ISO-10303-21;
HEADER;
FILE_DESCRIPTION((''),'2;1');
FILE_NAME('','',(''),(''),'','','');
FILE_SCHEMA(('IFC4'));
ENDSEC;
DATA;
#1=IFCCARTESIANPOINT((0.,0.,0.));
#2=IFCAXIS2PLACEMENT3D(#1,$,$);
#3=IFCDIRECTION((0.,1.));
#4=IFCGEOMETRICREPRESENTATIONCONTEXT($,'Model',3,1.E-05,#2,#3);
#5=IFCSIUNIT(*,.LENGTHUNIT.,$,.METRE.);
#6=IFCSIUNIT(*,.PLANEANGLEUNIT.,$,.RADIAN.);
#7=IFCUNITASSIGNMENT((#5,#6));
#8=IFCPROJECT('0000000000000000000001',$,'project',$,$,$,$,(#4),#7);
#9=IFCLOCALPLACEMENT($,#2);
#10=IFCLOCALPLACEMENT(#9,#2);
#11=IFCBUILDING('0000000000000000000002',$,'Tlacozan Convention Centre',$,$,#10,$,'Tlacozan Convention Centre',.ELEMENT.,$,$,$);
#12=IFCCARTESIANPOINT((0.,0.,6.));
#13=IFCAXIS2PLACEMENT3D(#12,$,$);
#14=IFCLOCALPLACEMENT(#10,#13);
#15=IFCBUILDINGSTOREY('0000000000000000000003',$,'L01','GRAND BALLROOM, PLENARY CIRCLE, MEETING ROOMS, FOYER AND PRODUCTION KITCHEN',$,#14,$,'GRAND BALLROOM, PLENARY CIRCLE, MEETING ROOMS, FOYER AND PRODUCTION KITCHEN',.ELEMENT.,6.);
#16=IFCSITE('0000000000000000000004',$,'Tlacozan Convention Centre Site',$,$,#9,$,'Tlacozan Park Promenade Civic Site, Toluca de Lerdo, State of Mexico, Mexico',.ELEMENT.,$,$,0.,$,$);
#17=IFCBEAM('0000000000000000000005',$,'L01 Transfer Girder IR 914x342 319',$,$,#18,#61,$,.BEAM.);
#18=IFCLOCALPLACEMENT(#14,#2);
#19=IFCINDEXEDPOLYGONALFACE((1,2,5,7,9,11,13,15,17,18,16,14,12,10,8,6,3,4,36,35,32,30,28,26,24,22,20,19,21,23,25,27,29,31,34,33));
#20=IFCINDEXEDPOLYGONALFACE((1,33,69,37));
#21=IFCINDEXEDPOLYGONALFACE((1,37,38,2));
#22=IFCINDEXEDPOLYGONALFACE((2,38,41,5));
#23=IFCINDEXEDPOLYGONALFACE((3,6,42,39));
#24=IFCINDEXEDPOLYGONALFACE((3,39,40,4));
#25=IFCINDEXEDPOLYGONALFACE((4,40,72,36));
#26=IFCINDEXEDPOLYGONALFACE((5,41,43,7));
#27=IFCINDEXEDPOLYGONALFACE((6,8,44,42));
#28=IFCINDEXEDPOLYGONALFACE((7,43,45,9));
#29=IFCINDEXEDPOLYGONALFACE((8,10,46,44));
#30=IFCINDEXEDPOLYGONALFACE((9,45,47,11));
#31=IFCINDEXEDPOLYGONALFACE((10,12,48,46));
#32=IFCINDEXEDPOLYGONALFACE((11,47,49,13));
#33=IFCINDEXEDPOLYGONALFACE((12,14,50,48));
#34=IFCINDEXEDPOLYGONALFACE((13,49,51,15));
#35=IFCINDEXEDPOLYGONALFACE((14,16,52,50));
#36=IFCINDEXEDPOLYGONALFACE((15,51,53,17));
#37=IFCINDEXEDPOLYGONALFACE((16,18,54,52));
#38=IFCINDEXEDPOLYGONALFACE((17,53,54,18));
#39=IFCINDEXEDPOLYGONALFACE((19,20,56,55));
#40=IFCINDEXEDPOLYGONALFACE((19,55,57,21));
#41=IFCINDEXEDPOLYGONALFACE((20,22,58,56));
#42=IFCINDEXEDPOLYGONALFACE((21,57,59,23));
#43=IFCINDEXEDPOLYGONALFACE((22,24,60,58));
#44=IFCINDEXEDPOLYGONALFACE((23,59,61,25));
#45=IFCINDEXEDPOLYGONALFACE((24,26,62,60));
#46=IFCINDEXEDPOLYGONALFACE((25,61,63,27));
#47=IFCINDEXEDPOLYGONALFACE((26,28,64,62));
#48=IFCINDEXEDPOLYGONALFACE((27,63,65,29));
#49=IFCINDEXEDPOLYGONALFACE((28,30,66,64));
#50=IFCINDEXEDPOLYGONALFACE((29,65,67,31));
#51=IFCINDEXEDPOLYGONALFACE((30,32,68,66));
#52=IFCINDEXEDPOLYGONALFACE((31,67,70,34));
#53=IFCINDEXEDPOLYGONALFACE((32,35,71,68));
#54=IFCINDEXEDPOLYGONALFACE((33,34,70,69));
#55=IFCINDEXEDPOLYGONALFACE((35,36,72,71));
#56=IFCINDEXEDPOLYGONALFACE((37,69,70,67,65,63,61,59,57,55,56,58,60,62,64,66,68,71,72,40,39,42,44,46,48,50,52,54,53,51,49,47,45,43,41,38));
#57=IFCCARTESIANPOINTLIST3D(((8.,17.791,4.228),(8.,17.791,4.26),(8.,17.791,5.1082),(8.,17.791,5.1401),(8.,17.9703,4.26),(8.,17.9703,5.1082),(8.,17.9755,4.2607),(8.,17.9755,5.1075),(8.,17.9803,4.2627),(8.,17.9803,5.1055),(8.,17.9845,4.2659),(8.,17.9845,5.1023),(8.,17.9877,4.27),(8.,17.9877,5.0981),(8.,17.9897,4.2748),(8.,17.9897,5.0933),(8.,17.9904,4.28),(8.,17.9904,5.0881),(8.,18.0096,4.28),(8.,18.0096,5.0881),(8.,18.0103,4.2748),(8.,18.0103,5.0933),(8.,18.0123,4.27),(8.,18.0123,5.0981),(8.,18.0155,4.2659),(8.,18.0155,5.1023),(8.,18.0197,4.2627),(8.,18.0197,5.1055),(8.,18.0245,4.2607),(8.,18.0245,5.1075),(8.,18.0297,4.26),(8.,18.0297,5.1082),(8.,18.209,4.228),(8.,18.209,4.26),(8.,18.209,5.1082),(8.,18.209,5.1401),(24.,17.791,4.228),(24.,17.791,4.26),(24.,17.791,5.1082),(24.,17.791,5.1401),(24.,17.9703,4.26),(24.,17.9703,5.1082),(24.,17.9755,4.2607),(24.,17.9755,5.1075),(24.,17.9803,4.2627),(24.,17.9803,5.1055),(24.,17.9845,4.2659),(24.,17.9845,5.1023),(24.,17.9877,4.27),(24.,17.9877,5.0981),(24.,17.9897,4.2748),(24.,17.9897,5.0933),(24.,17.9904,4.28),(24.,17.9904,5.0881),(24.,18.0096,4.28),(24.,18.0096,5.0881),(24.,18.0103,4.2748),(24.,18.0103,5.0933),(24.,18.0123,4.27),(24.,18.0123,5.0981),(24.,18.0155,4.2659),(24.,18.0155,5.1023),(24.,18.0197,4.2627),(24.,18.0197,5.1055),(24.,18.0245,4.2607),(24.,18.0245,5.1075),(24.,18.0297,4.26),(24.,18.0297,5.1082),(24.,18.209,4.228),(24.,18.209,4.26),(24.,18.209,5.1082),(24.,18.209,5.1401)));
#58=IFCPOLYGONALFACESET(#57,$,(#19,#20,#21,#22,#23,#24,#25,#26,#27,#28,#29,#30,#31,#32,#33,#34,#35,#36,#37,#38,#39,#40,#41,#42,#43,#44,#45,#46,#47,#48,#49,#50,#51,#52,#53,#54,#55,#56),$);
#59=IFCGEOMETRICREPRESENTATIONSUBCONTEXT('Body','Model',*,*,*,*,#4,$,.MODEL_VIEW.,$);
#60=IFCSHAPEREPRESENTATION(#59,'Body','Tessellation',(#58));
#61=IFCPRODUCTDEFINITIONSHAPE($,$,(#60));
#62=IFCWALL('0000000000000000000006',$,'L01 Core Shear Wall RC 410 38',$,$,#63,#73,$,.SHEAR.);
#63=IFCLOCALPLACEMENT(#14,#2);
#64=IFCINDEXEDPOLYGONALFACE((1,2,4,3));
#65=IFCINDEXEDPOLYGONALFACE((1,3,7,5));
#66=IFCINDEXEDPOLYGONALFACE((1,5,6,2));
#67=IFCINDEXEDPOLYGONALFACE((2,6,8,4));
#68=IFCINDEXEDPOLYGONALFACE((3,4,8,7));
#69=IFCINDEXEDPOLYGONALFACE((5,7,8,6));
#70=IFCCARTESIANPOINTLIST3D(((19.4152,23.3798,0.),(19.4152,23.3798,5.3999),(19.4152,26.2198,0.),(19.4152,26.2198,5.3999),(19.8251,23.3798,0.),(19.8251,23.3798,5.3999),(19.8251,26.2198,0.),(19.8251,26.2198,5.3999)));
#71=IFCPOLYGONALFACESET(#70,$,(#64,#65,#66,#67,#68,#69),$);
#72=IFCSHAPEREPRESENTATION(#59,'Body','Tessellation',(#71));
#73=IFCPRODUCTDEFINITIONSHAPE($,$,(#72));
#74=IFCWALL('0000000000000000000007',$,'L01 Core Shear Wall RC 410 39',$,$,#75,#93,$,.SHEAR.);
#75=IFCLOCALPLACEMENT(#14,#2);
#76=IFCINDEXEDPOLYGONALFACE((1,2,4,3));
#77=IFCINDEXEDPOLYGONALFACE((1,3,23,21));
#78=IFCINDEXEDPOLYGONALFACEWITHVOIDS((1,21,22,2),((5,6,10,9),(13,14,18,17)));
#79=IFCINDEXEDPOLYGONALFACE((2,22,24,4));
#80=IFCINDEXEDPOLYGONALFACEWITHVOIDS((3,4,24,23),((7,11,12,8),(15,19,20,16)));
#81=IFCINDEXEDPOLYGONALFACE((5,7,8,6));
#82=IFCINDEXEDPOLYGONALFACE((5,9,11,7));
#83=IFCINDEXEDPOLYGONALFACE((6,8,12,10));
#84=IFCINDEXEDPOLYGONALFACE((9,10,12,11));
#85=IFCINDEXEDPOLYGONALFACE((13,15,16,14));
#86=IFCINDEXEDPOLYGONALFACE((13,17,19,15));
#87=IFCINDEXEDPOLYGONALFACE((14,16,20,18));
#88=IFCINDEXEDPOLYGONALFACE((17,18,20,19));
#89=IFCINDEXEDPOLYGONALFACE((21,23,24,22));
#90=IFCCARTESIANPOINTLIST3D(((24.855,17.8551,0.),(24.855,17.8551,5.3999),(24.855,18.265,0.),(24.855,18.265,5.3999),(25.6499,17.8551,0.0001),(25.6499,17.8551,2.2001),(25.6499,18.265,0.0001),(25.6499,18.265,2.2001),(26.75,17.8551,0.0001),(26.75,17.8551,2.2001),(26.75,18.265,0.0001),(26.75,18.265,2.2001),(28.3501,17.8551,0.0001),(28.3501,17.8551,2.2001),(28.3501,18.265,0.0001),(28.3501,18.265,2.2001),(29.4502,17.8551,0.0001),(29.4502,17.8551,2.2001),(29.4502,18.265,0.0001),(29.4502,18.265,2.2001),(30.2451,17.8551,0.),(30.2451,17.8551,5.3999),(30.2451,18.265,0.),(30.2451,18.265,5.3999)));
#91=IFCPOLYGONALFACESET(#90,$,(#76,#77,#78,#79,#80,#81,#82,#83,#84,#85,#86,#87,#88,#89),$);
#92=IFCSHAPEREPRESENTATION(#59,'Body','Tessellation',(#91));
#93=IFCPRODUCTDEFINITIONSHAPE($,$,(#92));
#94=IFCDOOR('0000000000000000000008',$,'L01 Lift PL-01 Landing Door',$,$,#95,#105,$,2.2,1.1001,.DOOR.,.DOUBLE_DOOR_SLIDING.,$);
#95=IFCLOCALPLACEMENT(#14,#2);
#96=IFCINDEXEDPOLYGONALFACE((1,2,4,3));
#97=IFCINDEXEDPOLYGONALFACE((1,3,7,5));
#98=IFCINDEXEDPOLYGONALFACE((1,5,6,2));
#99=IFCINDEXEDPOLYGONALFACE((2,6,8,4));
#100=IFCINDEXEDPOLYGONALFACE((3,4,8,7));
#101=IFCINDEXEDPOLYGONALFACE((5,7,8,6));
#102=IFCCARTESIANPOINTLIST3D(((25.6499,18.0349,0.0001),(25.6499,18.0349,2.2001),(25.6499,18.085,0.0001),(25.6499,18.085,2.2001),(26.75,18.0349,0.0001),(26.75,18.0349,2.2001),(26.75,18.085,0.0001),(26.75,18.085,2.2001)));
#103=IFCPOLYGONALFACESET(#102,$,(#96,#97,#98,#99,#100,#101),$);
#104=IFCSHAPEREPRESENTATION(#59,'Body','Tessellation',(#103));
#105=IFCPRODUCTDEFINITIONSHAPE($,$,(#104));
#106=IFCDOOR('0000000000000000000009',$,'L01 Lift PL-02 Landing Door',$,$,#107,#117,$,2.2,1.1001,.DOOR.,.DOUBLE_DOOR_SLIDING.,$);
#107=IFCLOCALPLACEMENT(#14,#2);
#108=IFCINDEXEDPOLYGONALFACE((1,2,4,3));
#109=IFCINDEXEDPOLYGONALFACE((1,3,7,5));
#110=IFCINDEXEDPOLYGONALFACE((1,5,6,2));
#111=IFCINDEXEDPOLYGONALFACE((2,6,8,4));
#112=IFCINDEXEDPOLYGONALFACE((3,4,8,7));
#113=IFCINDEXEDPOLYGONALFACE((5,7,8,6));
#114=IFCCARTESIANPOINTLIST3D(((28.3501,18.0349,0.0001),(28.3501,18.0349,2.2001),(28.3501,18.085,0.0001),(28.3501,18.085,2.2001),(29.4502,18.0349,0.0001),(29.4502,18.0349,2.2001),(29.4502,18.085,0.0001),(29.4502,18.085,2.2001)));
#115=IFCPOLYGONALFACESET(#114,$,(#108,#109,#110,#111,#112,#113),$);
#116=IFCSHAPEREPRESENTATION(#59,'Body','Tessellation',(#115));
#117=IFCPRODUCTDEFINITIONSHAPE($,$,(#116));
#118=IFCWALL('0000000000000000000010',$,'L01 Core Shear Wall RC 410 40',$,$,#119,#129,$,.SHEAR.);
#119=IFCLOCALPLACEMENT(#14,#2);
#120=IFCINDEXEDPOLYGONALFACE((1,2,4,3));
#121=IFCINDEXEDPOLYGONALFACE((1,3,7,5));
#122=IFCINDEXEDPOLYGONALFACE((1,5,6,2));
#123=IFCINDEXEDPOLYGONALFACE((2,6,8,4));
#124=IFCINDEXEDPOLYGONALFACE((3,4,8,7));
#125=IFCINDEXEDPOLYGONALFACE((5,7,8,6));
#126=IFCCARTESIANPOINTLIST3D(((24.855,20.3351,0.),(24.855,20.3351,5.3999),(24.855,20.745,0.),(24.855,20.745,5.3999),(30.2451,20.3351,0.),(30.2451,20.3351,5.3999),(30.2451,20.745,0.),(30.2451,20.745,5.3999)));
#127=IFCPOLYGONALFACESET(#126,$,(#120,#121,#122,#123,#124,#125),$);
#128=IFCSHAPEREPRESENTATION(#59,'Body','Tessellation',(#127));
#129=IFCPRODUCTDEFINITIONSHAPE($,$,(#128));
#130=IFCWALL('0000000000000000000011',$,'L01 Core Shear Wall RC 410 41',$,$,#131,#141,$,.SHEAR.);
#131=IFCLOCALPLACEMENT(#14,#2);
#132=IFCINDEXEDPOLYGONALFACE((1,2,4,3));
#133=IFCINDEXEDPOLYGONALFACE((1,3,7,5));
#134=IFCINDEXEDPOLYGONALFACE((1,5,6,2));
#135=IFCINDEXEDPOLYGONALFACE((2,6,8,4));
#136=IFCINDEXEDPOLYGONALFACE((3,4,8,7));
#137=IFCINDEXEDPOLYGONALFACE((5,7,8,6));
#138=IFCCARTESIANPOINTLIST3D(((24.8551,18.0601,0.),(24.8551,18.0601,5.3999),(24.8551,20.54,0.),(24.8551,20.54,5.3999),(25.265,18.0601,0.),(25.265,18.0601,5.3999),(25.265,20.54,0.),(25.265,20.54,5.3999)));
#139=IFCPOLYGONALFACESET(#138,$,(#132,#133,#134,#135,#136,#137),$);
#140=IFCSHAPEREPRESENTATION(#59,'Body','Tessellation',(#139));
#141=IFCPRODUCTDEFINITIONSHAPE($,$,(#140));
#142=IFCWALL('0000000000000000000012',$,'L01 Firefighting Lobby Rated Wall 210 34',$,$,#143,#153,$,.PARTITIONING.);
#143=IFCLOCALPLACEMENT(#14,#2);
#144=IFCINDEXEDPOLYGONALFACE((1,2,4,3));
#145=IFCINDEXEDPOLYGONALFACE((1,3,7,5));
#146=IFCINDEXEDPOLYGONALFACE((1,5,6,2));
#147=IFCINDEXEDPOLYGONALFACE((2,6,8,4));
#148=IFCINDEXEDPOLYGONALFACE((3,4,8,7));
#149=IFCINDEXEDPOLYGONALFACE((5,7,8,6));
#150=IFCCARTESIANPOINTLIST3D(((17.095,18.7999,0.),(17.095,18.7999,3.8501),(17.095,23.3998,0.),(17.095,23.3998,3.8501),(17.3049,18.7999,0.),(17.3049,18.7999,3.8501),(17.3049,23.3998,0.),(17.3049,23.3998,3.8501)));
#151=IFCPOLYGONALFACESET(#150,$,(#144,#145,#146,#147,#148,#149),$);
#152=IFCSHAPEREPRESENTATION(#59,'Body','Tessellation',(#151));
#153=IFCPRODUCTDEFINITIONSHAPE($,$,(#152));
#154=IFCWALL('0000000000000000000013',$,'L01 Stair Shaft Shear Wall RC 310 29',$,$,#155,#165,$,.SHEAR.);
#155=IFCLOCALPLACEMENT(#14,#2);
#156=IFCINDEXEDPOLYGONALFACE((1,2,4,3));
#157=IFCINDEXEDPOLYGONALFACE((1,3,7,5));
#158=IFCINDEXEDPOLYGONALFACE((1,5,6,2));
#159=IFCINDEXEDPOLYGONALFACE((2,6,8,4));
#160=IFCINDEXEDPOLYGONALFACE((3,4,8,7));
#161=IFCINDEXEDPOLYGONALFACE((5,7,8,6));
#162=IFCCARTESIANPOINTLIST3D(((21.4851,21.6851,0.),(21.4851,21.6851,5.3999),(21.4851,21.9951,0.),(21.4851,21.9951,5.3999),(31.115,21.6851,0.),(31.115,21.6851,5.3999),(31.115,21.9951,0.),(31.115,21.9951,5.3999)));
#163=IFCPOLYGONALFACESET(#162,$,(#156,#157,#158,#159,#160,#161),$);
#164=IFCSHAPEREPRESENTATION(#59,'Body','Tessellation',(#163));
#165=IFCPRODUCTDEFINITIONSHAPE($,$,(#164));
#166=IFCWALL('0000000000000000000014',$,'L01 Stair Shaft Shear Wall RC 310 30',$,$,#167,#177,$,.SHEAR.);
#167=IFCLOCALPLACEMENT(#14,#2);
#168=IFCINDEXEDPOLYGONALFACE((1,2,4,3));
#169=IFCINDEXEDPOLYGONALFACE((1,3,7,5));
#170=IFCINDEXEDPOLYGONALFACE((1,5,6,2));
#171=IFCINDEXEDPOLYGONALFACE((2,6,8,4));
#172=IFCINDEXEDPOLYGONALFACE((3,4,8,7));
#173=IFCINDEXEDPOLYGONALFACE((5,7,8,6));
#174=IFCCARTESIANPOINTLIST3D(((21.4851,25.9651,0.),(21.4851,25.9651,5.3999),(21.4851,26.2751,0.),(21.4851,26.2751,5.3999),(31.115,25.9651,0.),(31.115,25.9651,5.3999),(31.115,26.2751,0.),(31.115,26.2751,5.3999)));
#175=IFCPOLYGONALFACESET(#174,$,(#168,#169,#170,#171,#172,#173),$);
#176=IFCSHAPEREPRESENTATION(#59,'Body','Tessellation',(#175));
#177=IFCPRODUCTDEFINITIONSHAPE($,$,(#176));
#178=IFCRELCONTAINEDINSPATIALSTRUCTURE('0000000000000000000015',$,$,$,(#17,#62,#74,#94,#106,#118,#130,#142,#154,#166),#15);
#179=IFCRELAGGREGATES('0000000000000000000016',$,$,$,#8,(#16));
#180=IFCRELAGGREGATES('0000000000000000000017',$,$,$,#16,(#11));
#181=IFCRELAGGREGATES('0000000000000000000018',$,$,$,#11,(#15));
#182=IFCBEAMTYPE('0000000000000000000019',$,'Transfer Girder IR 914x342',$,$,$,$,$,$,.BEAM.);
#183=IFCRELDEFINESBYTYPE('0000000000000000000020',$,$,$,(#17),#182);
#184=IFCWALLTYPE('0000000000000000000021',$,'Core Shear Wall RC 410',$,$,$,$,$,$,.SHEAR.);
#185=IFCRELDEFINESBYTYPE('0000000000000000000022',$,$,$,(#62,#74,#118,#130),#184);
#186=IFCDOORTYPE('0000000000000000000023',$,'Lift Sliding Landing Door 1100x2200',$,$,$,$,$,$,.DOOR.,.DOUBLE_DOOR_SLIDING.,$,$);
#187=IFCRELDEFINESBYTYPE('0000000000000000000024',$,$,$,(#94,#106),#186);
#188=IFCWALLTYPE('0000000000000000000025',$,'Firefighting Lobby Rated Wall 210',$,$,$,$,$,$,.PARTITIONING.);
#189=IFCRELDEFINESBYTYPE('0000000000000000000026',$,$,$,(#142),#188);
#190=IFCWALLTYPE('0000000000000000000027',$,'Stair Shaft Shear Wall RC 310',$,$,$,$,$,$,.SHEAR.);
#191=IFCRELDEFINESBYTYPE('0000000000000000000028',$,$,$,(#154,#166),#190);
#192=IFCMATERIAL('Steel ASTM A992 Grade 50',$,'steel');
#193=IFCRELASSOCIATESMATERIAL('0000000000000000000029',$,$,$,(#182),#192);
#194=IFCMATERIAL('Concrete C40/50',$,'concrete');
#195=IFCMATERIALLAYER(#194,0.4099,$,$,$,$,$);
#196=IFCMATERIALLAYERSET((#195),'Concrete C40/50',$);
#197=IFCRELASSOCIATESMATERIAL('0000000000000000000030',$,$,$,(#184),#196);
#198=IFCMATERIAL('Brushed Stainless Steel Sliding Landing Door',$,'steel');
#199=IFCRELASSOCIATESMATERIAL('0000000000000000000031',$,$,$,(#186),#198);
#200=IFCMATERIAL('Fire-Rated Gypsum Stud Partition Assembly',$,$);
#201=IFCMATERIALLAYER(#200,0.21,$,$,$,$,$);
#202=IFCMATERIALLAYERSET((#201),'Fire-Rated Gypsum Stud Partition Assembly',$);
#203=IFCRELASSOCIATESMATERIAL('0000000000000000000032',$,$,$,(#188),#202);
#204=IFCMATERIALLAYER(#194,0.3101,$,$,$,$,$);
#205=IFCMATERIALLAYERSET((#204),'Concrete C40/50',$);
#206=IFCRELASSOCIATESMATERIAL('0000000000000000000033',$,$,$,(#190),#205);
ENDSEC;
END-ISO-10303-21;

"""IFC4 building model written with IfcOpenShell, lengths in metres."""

from ifc_helpers import new_model, si_unit, direction, frame, frame_2d, origin, origin_2d, place, context, subcontext, project, spatial, rectangle, i_section, extrude, material, layer, layer_set, material_profile, profile_set, type_object, element, fill, save


model = new_model("IFC4")

# Units and contexts
model_context = context("Model", 3, precision=1e-05, world=origin(), true_north=direction((0.0, 1.0)))
body_context = subcontext(model_context, "Body", "Model", "MODEL_VIEW")
ifc_project = project(units=[si_unit("LENGTHUNIT", "METRE"), si_unit("PLANEANGLEUNIT", "RADIAN")], contexts=[model_context])

# Site, building, storey
site_placement = place(None, origin())
site = spatial("IfcSite", under=ifc_project, at=site_placement, Name="Tlacozan Convention Centre Site", LongName="Tlacozan Park Promenade Civic Site, Toluca de Lerdo, State of Mexico, Mexico", CompositionType="ELEMENT", RefElevation=0.0)
building_placement = place(site_placement, origin())
building = spatial("IfcBuilding", under=site, at=building_placement, Name="Tlacozan Convention Centre", LongName="Tlacozan Convention Centre", CompositionType="ELEMENT")
storey_placement = place(building_placement, frame((0.0, 0.0, 6.0)))
storey = spatial("IfcBuildingStorey", under=building, at=storey_placement, Name="L01", Description="GRAND BALLROOM, PLENARY CIRCLE, MEETING ROOMS, FOYER AND PRODUCTION KITCHEN", LongName="GRAND BALLROOM, PLENARY CIRCLE, MEETING ROOMS, FOYER AND PRODUCTION KITCHEN", CompositionType="ELEMENT", Elevation=6.0)

# Shared definitions
ifc_material_1 = material(Name="Concrete C40/50", Category="concrete")

# Beam
ifc_material_2 = material(Name="Steel ASTM A992 Grade 50", Category="steel")
ifc_material_profile_1 = material_profile(ifc_material_2, i_section(OverallWidth=0.418, OverallDepth=0.9121, WebThickness=0.0193, FlangeThickness=0.032, FilletRadius=0.02, at=origin_2d()), Name="IR 914x342.0")
ifc_profile_set_1 = profile_set([ifc_material_profile_1], Name="Steel ASTM A992 Grade 50")
beam_type_1 = type_object("IfcBeamType", Name="Transfer Girder IR 914x342", PredefinedType="BEAM", material=ifc_profile_set_1)
for number, where, z_axis, x_axis, name in (
    (1, (24.0, 18.0, 4.6841), (-1.0, 0.0, 0.0), (0.0, -1.0, 0.0), "L01 Transfer Girder IR 914x342 319"),
):
    element("IfcBeam", number, at=place(storey_placement, frame(where, z_axis=z_axis, x_axis=x_axis)), inside=storey, type_object=beam_type_1, Name=name, PredefinedType="BEAM", context=body_context, shape_type="SweptSolid", body=[
        extrude(i_section(OverallWidth=0.418, OverallDepth=0.9121, WebThickness=0.0193, FlangeThickness=0.032, FilletRadius=0.02, at=origin_2d()), origin(), (0.0, 0.0, 1.0), 16.0),
    ])

# Wall
ifc_layer_1 = layer(ifc_material_1, 0.4099)
ifc_layer_set_1 = layer_set([ifc_layer_1], Name="Concrete C40/50")
wall_type_1 = type_object("IfcWallType", Name="Core Shear Wall RC 410", PredefinedType="SHEAR", material=ifc_layer_set_1)
wall_1_placement = place(storey_placement, frame((19.6201, 23.3799, 0.0), z_axis=(0.0, 0.0, 1.0), x_axis=(0.0, 1.0, 0.0)))
element("IfcWall", 2, at=wall_1_placement, inside=storey, type_object=wall_type_1, Name="L01 Core Shear Wall RC 410 38", PredefinedType="SHEAR", context=body_context, shape_type="SweptSolid", body=[
    extrude(rectangle(XDim=2.8401, YDim=0.4099, at=frame_2d((1.4199, 0.0))), origin(), (0.0, 0.0, 1.0), 5.3999),
])

# Wall, openings, doors
wall_2_placement = place(storey_placement, frame((24.855, 18.0601, 0.0), z_axis=(0.0, 0.0, 1.0), x_axis=(1.0, 0.0, 0.0)))
wall_2 = element("IfcWall", 3, at=wall_2_placement, inside=storey, type_object=wall_type_1, Name="L01 Core Shear Wall RC 410 39", PredefinedType="SHEAR", context=body_context, shape_type="SweptSolid", body=[
    extrude(rectangle(XDim=5.3901, YDim=0.4099, at=frame_2d((2.6951, 0.0))), origin(), (0.0, 0.0, 1.0), 5.3999),
])
opening_1_placement = place(wall_2_placement, frame((0.7949, 0.0, 0.0)))
opening_1 = element("IfcOpeningElement", 4, at=opening_1_placement, cuts=wall_2, PredefinedType="OPENING", context=body_context, shape_type="SweptSolid", body=[
    extrude(rectangle(XDim=1.1001, YDim=2.2, at=frame_2d((0.55, 1.1001))), frame((0.0, 0.2148, 0.0), z_axis=(0.0, -1.0, 0.0), x_axis=(1.0, 0.0, 0.0)), (0.0, 0.0, 1.0), 0.4299),
])
opening_2_placement = place(wall_2_placement, frame((3.4951, 0.0, 0.0)))
opening_2 = element("IfcOpeningElement", 5, at=opening_2_placement, cuts=wall_2, PredefinedType="OPENING", context=body_context, shape_type="SweptSolid", body=[
    extrude(rectangle(XDim=1.1001, YDim=2.2, at=frame_2d((0.55, 1.1001))), frame((0.0, 0.2148, 0.0), z_axis=(0.0, -1.0, 0.0), x_axis=(1.0, 0.0, 0.0)), (0.0, 0.0, 1.0), 0.4299),
])
ifc_material_3 = material(Name="Brushed Stainless Steel Sliding Landing Door", Category="steel")
door_type_1 = type_object("IfcDoorType", Name="Lift Sliding Landing Door 1100x2200", OperationType="DOUBLE_DOOR_SLIDING", PredefinedType="DOOR", material=ifc_material_3)
door_1_placement = place(opening_1_placement, origin())
door_1 = element("IfcDoor", 6, at=door_1_placement, inside=storey, type_object=door_type_1, Name="L01 Lift PL-01 Landing Door", OperationType="DOUBLE_DOOR_SLIDING", OverallHeight=2.2, OverallWidth=1.1001, PredefinedType="DOOR", context=body_context, shape_type="SweptSolid", body=[
    extrude(rectangle(XDim=1.1001, YDim=2.2, at=frame_2d((0.55, 1.1001))), frame((0.0, 0.0249, 0.0), z_axis=(0.0, -1.0, 0.0), x_axis=(1.0, 0.0, 0.0)), (0.0, 0.0, 1.0), 0.05),
])
fill(opening_1, door_1)
door_2_placement = place(opening_2_placement, origin())
door_2 = element("IfcDoor", 7, at=door_2_placement, inside=storey, type_object=door_type_1, Name="L01 Lift PL-02 Landing Door", OperationType="DOUBLE_DOOR_SLIDING", OverallHeight=2.2, OverallWidth=1.1001, PredefinedType="DOOR", context=body_context, shape_type="SweptSolid", body=[
    extrude(rectangle(XDim=1.1001, YDim=2.2, at=frame_2d((0.55, 1.1001))), frame((0.0, 0.0249, 0.0), z_axis=(0.0, -1.0, 0.0), x_axis=(1.0, 0.0, 0.0)), (0.0, 0.0, 1.0), 0.05),
])
fill(opening_2, door_2)

# Walls
wall_3_placement = place(storey_placement, frame((24.855, 20.54, 0.0), z_axis=(0.0, 0.0, 1.0), x_axis=(1.0, 0.0, 0.0)))
element("IfcWall", 8, at=wall_3_placement, inside=storey, type_object=wall_type_1, Name="L01 Core Shear Wall RC 410 40", PredefinedType="SHEAR", context=body_context, shape_type="SweptSolid", body=[
    extrude(rectangle(XDim=5.3901, YDim=0.4099, at=frame_2d((2.6951, 0.0))), origin(), (0.0, 0.0, 1.0), 5.3999),
])
wall_4_placement = place(storey_placement, frame((25.0601, 18.0601, 0.0), z_axis=(0.0, 0.0, 1.0), x_axis=(0.0, 1.0, 0.0)))
element("IfcWall", 9, at=wall_4_placement, inside=storey, type_object=wall_type_1, Name="L01 Core Shear Wall RC 410 41", PredefinedType="SHEAR", context=body_context, shape_type="SweptSolid", body=[
    extrude(rectangle(XDim=2.48, YDim=0.4099, at=frame_2d((1.24, 0.0))), origin(), (0.0, 0.0, 1.0), 5.3999),
])

# Shared definitions
ifc_material_4 = material(Name="Fire-Rated Gypsum Stud Partition Assembly")
ifc_layer_2 = layer(ifc_material_4, 0.21)
ifc_layer_set_2 = layer_set([ifc_layer_2], Name="Fire-Rated Gypsum Stud Partition Assembly")
wall_type_2 = type_object("IfcWallType", Name="Firefighting Lobby Rated Wall 210", PredefinedType="PARTITIONING", material=ifc_layer_set_2)

# Walls
wall_5_placement = place(storey_placement, frame((17.2, 18.8, 0.0), z_axis=(0.0, 0.0, 1.0), x_axis=(0.0, 1.0, 0.0)))
element("IfcWall", 10, at=wall_5_placement, inside=storey, type_object=wall_type_2, Name="L01 Firefighting Lobby Rated Wall 210 34", PredefinedType="PARTITIONING", context=body_context, shape_type="SweptSolid", body=[
    extrude(rectangle(XDim=4.5999, YDim=0.21, at=frame_2d((2.2998, 0.0))), origin(), (0.0, 0.0, 1.0), 3.8501),
])
ifc_layer_3 = layer(ifc_material_1, 0.3101)
ifc_layer_set_3 = layer_set([ifc_layer_3], Name="Concrete C40/50")
wall_type_3 = type_object("IfcWallType", Name="Stair Shaft Shear Wall RC 310", PredefinedType="SHEAR", material=ifc_layer_set_3)
for number, where, z_axis, x_axis, name in (
    (11, (21.4851, 21.8401, 0.0), (0.0, 0.0, 1.0), (1.0, 0.0, 0.0), "L01 Stair Shaft Shear Wall RC 310 29"),
    (12, (21.4851, 26.1201, 0.0), (0.0, 0.0, 1.0), (1.0, 0.0, 0.0), "L01 Stair Shaft Shear Wall RC 310 30"),
):
    element("IfcWall", number, at=place(storey_placement, frame(where, z_axis=z_axis, x_axis=x_axis)), inside=storey, type_object=wall_type_3, Name=name, PredefinedType="SHEAR", context=body_context, shape_type="SweptSolid", body=[
        extrude(rectangle(XDim=9.6299, YDim=0.3101, at=frame_2d((4.8149, 0.0))), origin(), (0.0, 0.0, 1.0), 5.3999),
    ])

save(model, "model.ifc")
